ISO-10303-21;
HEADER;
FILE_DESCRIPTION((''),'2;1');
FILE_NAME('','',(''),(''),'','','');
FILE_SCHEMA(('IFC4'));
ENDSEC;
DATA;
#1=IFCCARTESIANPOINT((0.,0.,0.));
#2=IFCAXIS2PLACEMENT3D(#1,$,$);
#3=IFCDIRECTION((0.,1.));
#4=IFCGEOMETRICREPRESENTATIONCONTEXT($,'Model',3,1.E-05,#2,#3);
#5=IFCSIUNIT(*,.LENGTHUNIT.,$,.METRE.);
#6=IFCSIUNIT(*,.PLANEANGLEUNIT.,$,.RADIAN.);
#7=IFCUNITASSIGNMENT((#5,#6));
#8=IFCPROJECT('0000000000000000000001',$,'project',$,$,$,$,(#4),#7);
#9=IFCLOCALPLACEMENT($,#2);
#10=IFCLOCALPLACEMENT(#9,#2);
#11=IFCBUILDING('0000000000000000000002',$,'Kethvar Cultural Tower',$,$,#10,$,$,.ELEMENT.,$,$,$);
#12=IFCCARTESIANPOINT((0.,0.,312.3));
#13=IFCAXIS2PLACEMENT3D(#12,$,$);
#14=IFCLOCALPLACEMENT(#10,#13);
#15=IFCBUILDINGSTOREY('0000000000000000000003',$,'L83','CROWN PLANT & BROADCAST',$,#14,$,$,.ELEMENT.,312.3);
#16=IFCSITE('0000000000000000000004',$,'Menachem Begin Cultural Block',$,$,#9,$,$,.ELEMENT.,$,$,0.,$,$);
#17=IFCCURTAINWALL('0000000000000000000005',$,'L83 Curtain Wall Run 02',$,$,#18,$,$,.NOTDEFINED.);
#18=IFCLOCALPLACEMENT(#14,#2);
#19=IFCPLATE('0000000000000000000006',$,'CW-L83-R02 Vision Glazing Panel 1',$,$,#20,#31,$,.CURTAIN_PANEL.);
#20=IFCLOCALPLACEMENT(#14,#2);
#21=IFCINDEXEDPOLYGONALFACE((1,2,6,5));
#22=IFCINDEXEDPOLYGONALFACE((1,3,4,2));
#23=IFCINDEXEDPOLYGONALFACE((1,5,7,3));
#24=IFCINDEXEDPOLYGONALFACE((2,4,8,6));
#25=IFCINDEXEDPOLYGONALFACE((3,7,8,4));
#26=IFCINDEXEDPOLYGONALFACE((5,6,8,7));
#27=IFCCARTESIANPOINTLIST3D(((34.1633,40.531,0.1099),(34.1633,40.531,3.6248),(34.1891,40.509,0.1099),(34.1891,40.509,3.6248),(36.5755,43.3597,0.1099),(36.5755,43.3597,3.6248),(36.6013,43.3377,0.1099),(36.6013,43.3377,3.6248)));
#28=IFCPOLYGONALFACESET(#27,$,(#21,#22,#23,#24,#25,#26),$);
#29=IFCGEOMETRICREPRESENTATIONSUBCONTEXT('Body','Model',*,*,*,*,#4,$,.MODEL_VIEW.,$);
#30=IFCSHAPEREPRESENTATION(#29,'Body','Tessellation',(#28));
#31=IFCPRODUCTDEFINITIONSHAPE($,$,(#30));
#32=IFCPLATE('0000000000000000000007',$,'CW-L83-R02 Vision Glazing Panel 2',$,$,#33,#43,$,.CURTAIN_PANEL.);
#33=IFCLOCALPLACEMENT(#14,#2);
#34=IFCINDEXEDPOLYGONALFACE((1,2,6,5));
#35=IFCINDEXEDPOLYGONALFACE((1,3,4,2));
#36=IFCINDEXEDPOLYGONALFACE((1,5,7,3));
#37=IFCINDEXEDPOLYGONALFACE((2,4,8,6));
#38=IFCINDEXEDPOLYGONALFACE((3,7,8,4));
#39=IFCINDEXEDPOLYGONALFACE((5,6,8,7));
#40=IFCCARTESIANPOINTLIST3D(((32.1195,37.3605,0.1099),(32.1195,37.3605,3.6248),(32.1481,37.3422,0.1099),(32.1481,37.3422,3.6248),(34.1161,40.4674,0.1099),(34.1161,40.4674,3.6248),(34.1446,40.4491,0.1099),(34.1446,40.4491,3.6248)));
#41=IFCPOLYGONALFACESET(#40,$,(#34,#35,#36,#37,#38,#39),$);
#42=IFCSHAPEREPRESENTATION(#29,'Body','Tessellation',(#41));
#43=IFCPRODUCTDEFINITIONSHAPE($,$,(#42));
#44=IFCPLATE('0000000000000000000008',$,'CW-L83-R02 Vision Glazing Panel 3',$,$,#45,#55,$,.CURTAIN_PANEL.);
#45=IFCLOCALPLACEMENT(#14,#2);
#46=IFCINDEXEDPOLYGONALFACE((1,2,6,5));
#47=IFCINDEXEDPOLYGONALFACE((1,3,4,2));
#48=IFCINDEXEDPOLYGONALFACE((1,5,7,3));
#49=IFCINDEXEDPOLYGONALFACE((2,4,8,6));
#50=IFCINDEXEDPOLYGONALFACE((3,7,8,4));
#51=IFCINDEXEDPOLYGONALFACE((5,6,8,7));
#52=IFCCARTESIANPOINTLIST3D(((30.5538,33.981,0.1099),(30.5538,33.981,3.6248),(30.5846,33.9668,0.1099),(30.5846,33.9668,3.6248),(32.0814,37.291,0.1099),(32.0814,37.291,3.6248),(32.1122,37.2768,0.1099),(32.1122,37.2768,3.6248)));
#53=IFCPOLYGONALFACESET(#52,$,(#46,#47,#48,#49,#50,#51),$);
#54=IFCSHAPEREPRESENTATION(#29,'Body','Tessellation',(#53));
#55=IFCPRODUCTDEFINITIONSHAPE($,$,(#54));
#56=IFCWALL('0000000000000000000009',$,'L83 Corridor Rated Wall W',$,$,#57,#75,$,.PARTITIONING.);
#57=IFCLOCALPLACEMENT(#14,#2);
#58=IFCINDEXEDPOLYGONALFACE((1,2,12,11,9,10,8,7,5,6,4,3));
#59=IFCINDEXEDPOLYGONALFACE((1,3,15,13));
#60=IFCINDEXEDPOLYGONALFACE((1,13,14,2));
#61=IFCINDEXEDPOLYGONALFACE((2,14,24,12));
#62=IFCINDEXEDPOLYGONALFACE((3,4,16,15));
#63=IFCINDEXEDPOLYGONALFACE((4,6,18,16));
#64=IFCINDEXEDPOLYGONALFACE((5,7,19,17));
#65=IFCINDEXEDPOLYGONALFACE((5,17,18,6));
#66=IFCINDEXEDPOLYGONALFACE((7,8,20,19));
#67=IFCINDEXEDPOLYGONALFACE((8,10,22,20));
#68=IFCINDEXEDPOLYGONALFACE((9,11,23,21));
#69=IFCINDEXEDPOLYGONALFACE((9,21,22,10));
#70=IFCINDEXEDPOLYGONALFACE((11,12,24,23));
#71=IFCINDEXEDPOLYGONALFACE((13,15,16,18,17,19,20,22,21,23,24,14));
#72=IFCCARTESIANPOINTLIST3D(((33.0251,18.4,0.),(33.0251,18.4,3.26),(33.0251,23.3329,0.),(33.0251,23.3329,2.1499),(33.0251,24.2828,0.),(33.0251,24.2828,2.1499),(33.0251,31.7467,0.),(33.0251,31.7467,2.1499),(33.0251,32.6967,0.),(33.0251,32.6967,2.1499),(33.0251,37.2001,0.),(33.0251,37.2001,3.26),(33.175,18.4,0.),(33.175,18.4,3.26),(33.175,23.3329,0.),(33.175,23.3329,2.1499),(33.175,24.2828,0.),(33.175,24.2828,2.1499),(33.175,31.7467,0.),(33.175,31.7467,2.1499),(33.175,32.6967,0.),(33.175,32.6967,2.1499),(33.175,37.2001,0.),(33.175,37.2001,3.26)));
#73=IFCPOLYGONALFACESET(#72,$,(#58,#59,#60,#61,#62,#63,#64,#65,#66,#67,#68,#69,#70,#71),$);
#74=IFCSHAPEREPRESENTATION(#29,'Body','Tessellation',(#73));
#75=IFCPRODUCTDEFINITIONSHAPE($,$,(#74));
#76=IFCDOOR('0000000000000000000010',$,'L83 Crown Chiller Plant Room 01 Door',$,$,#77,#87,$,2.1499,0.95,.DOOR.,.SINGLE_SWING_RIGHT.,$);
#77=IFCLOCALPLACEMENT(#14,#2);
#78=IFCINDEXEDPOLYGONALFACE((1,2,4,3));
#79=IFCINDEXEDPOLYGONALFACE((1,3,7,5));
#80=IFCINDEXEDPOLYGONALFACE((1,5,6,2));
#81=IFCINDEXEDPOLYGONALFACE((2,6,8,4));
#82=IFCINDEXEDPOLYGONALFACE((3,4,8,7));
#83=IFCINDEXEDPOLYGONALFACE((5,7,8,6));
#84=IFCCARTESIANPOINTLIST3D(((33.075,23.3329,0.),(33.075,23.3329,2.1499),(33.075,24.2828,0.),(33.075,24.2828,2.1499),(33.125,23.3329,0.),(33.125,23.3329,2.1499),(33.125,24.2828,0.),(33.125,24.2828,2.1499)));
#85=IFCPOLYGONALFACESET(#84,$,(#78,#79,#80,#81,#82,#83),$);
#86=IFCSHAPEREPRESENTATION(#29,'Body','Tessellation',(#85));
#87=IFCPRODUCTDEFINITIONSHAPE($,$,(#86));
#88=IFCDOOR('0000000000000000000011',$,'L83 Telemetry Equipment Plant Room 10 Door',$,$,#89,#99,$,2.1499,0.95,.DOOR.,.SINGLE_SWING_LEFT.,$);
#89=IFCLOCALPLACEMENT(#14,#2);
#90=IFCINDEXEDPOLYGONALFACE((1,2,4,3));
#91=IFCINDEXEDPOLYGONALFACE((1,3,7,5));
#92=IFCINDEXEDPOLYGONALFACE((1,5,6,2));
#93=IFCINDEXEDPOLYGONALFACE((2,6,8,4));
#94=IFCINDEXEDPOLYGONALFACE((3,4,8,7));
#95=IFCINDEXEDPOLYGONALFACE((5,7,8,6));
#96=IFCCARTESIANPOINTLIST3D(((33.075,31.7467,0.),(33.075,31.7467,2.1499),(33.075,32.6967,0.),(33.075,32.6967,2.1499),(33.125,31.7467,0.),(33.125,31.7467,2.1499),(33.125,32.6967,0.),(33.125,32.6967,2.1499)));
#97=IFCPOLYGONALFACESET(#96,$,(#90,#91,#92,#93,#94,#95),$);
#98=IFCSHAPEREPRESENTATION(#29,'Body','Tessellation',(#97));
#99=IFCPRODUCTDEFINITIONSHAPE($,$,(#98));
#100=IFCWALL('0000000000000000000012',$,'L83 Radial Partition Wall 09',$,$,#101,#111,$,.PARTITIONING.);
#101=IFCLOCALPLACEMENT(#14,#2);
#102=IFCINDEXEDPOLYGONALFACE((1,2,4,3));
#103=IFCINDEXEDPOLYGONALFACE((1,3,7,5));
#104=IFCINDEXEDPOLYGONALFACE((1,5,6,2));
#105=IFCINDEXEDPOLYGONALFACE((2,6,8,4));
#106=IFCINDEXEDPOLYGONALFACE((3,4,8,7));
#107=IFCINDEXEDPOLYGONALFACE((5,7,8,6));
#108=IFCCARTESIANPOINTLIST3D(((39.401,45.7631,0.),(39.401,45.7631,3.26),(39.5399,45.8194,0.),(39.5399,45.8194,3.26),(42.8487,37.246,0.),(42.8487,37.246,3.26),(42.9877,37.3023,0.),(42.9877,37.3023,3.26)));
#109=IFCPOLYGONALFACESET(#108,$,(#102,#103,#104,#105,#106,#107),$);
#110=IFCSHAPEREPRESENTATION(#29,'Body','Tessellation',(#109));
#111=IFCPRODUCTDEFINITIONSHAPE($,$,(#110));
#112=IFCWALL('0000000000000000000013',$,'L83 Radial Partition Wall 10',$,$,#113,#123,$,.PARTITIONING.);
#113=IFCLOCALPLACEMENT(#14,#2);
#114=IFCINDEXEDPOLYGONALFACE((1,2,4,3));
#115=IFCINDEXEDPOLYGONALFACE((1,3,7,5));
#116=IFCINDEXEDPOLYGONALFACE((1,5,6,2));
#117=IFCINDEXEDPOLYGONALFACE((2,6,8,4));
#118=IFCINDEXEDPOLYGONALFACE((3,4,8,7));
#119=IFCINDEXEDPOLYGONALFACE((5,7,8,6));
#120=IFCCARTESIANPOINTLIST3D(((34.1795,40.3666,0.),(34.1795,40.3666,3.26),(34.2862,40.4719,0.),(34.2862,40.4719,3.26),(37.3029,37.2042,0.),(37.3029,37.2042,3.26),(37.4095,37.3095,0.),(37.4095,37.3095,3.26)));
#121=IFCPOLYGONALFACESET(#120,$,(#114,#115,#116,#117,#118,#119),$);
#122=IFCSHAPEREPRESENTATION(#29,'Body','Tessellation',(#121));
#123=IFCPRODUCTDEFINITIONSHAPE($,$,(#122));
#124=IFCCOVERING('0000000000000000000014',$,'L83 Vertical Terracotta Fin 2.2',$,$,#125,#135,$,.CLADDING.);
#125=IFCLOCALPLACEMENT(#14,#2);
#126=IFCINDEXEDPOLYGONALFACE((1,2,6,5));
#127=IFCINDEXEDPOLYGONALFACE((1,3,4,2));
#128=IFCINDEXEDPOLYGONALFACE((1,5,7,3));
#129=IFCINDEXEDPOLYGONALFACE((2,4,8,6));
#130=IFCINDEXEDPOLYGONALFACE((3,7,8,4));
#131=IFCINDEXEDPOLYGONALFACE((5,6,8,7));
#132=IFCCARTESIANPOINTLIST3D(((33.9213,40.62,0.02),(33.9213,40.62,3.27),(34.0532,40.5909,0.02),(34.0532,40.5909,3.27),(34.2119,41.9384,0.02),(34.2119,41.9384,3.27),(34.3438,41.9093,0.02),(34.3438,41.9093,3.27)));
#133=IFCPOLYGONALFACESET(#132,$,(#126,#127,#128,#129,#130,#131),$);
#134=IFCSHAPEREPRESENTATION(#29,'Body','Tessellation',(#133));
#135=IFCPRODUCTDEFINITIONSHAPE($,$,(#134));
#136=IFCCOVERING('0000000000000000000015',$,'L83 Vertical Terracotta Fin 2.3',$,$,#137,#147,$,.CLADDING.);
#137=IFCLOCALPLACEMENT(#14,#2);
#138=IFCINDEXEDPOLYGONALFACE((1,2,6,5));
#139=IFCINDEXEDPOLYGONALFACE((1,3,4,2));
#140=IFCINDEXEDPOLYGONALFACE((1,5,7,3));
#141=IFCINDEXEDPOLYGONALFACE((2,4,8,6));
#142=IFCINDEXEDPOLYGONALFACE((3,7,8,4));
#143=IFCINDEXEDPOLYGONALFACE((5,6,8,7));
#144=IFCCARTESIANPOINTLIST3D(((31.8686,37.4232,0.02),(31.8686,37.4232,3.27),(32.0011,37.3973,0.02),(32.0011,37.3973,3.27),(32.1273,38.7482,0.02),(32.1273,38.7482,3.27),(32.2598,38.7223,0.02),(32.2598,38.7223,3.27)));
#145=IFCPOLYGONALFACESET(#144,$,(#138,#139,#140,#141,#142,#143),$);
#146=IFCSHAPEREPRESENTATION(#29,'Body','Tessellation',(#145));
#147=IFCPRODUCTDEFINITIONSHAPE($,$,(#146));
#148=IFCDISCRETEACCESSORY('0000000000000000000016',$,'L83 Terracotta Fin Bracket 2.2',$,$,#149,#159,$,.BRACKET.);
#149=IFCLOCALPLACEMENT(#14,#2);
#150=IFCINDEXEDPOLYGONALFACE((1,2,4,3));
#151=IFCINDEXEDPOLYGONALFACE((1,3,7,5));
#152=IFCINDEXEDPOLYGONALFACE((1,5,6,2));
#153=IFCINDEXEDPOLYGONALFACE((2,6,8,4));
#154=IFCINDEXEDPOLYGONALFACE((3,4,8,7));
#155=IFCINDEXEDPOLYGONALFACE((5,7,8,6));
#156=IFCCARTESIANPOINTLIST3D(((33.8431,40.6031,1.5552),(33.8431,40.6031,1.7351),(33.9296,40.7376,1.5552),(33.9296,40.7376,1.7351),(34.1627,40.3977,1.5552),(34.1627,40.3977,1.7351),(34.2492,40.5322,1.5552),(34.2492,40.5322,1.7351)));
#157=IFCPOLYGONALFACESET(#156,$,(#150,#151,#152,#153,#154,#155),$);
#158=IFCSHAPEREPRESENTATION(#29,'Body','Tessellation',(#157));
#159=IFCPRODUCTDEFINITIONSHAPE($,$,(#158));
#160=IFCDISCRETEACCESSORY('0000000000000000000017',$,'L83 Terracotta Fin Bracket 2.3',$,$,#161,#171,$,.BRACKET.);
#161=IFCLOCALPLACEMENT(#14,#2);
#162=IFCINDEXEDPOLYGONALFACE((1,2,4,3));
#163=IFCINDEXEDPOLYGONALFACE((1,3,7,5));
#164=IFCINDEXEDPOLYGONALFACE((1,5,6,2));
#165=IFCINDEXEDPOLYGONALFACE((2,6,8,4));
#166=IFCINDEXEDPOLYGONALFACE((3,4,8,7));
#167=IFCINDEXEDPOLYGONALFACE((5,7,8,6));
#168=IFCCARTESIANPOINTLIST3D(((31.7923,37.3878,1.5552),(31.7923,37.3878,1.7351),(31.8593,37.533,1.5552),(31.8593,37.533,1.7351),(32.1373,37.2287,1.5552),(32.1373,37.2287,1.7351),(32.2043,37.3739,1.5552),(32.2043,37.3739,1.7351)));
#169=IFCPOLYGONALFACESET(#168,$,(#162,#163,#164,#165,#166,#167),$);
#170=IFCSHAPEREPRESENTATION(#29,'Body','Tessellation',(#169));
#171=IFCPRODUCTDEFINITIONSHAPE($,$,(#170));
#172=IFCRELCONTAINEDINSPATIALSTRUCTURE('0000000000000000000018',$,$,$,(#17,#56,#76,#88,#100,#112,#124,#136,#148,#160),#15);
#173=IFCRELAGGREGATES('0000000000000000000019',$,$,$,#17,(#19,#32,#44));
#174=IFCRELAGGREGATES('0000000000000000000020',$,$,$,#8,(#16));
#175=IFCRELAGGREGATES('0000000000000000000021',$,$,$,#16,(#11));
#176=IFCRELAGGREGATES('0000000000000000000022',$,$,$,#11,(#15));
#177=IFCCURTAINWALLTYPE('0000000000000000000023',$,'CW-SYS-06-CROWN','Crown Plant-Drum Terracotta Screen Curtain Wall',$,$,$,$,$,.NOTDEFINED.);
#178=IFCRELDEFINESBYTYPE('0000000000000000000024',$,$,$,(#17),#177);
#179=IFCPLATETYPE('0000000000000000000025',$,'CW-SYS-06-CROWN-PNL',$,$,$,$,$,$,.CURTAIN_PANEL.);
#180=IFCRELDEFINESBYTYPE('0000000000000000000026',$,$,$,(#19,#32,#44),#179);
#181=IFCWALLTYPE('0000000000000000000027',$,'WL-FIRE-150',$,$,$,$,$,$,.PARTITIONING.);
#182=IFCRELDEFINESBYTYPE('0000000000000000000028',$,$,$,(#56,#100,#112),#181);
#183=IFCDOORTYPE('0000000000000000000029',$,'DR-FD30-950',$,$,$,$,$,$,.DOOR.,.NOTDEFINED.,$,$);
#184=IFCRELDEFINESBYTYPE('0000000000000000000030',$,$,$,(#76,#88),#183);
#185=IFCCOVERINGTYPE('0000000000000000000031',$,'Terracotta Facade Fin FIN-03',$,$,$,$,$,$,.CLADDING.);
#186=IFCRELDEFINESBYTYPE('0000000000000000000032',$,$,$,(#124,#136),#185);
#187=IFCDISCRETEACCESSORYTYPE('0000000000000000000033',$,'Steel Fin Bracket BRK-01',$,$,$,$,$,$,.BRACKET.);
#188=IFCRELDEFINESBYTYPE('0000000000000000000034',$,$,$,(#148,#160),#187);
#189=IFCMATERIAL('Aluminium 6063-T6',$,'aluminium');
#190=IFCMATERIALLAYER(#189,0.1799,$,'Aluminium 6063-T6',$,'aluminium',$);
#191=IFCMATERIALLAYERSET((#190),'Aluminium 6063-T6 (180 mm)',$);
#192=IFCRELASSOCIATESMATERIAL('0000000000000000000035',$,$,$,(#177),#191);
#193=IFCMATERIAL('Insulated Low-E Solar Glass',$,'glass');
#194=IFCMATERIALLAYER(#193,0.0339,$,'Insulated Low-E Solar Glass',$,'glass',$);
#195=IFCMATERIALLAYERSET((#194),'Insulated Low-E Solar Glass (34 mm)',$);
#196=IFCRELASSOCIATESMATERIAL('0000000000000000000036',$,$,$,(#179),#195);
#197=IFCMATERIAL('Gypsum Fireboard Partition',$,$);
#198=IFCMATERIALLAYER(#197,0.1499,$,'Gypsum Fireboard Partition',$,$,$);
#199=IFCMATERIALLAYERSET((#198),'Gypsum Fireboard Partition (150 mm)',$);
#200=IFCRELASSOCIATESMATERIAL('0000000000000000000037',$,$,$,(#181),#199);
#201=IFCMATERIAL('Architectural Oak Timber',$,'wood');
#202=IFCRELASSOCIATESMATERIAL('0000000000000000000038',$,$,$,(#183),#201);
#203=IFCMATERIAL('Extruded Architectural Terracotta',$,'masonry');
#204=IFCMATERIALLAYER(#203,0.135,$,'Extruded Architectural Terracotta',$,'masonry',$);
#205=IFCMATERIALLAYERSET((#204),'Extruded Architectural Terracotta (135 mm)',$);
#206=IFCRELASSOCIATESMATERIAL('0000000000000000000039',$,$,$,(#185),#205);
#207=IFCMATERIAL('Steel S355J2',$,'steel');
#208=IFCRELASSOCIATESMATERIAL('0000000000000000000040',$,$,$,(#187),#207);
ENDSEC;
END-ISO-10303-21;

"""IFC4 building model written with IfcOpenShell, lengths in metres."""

from ifc_helpers import new_model, si_unit, direction, frame, frame_2d, origin, origin_2d, place, context, subcontext, project, spatial, rectangle, extrude, source, transform, mapped, material, layer, layer_set, type_object, element, fill, aggregate, save


model = new_model("IFC4")

# Units and contexts
model_context = context("Model", 3, precision=1e-05, world=origin(), true_north=direction((0.0, 1.0)))
body_context = subcontext(model_context, "Body", "Model", "MODEL_VIEW")
ifc_project = project(units=[si_unit("LENGTHUNIT", "METRE"), si_unit("PLANEANGLEUNIT", "RADIAN")], contexts=[model_context])

# Site, building, storey
site_placement = place(None, origin())
site = spatial("IfcSite", under=ifc_project, at=site_placement, Name="Menachem Begin Cultural Block", CompositionType="ELEMENT", RefElevation=0.0)
building_placement = place(site_placement, origin())
building = spatial("IfcBuilding", under=site, at=building_placement, Name="Kethvar Cultural Tower", CompositionType="ELEMENT")
storey_placement = place(building_placement, frame((0.0, 0.0, 312.3)))
storey = spatial("IfcBuildingStorey", under=building, at=storey_placement, Name="L83", Description="CROWN PLANT & BROADCAST", CompositionType="ELEMENT", Elevation=312.3)

# Shared definitions
ifc_material_1 = material(Name="Steel S355J2", Category="steel")

# Curtain wall, plates
ifc_material_2 = material(Name="Aluminium 6063-T6", Category="aluminium")
ifc_layer_1 = layer(ifc_material_2, 0.1799, Name="Aluminium 6063-T6", Category="aluminium")
ifc_layer_set_1 = layer_set([ifc_layer_1], Name="Aluminium 6063-T6 (180 mm)")
curtain_wall_type = type_object("IfcCurtainWallType", Name="CW-SYS-06-CROWN", Description="Crown Plant-Drum Terracotta Screen Curtain Wall", PredefinedType="NOTDEFINED", material=ifc_layer_set_1)
curtain_wall_placement = place(storey_placement, origin())
curtain_wall = element("IfcCurtainWall", 1, at=curtain_wall_placement, inside=storey, type_object=curtain_wall_type, Name="L83 Curtain Wall Run 02", PredefinedType="NOTDEFINED")
ifc_material_3 = material(Name="Insulated Low-E Solar Glass", Category="glass")
ifc_layer_2 = layer(ifc_material_3, 0.0339, Name="Insulated Low-E Solar Glass", Category="glass")
ifc_layer_set_2 = layer_set([ifc_layer_2], Name="Insulated Low-E Solar Glass (34 mm)")
plate_type = type_object("IfcPlateType", Name="CW-SYS-06-CROWN-PNL", PredefinedType="CURTAIN_PANEL", material=ifc_layer_set_2)
shared_shape_1 = source(origin(), body_context, "Body", "SweptSolid", [
    extrude(rectangle(XDim=3.7175, YDim=0.0339, at=origin_2d()), origin(), (0.0, 0.0, 1.0), 3.5149),
])
plate_1_placement = place(storey_placement, frame((35.3823, 41.9343, 0.1099), z_axis=(0.0, 0.0, 1.0), x_axis=(-0.648864, -0.760904, 0.0)))
plate_1 = element("IfcPlate", 2, at=plate_1_placement, type_object=plate_type, Name="CW-L83-R02 Vision Glazing Panel 1", PredefinedType="CURTAIN_PANEL", context=body_context, shape_type="MappedRepresentation", body=[
    mapped(shared_shape_1, transform((0.0, 0.0, 0.0), scale=1.0)),
])
shared_shape_2 = source(origin(), body_context, "Body", "SweptSolid", [
    extrude(rectangle(XDim=3.6931, YDim=0.0339, at=origin_2d()), origin(), (0.0, 0.0, 1.0), 3.5149),
])
plate_2_placement = place(storey_placement, frame((33.1321, 38.9048, 0.1099), z_axis=(0.0, 0.0, 1.0), x_axis=(-0.540622, -0.841266, 0.0)))
plate_2 = element("IfcPlate", 3, at=plate_2_placement, type_object=plate_type, Name="CW-L83-R02 Vision Glazing Panel 2", PredefinedType="CURTAIN_PANEL", context=body_context, shape_type="MappedRepresentation", body=[
    mapped(shared_shape_2, transform((0.0, 0.0, 0.0), scale=1.0)),
])
shared_shape_3 = source(origin(), body_context, "Body", "SweptSolid", [
    extrude(rectangle(XDim=3.6455, YDim=0.0339, at=origin_2d()), origin(), (0.0, 0.0, 1.0), 3.5149),
])
plate_3_placement = place(storey_placement, frame((31.333, 35.6289, 0.1099), z_axis=(0.0, 0.0, 1.0), x_axis=(-0.419056, -0.90796, 0.0)))
plate_3 = element("IfcPlate", 4, at=plate_3_placement, type_object=plate_type, Name="CW-L83-R02 Vision Glazing Panel 3", PredefinedType="CURTAIN_PANEL", context=body_context, shape_type="MappedRepresentation", body=[
    mapped(shared_shape_3, transform((0.0, 0.0, 0.0), scale=1.0)),
])
aggregate(curtain_wall, [plate_1, plate_2, plate_3])

# Wall, openings, doors
ifc_material_4 = material(Name="Gypsum Fireboard Partition")
ifc_layer_3 = layer(ifc_material_4, 0.1499, Name="Gypsum Fireboard Partition")
ifc_layer_set_3 = layer_set([ifc_layer_3], Name="Gypsum Fireboard Partition (150 mm)")
wall_type = type_object("IfcWallType", Name="WL-FIRE-150", PredefinedType="PARTITIONING", material=ifc_layer_set_3)
wall_1_placement = place(storey_placement, frame((33.1001, 37.2, 0.0), z_axis=(0.0, 0.0, 1.0), x_axis=(0.0, -1.0, 0.0)))
wall_1 = element("IfcWall", 5, at=wall_1_placement, inside=storey, type_object=wall_type, Name="L83 Corridor Rated Wall W", PredefinedType="PARTITIONING", context=body_context, shape_type="SweptSolid", body=[
    extrude(rectangle(XDim=18.8, YDim=0.1499, at=frame_2d((9.3999, 0.0))), origin(), (0.0, 0.0, 1.0), 3.26),
])
opening_1_placement = place(wall_1_placement, frame((12.917, 0.0, 0.0)))
opening_1 = element("IfcOpeningElement", 6, at=opening_1_placement, cuts=wall_1, PredefinedType="OPENING", context=body_context, shape_type="SweptSolid", body=[
    extrude(rectangle(XDim=0.95, YDim=2.1499, at=frame_2d((0.4751, 1.075))), frame((0.0, 0.085, 0.0), z_axis=(0.0, -1.0, 0.0), x_axis=(1.0, 0.0, 0.0)), (0.0, 0.0, 1.0), 0.1699),
])
opening_2_placement = place(wall_1_placement, frame((4.5032, 0.0, 0.0)))
opening_2 = element("IfcOpeningElement", 7, at=opening_2_placement, cuts=wall_1, PredefinedType="OPENING", context=body_context, shape_type="SweptSolid", body=[
    extrude(rectangle(XDim=0.95, YDim=2.1499, at=frame_2d((0.4751, 1.075))), frame((0.0, 0.085, 0.0), z_axis=(0.0, -1.0, 0.0), x_axis=(1.0, 0.0, 0.0)), (0.0, 0.0, 1.0), 0.1699),
])
ifc_material_5 = material(Name="Architectural Oak Timber", Category="wood")
door_type = type_object("IfcDoorType", Name="DR-FD30-950", OperationType="NOTDEFINED", PredefinedType="DOOR", material=ifc_material_5)
shared_shape_4 = source(origin(), body_context, "Body", "SweptSolid", [
    extrude(rectangle(XDim=0.95, YDim=2.1499, at=frame_2d((0.4751, 1.075))), frame((0.0, 0.0249, 0.0), z_axis=(0.0, -1.0, 0.0), x_axis=(1.0, 0.0, 0.0)), (0.0, 0.0, 1.0), 0.05),
])
door_1_placement = place(opening_1_placement, origin())
door_1 = element("IfcDoor", 8, at=door_1_placement, inside=storey, type_object=door_type, Name="L83 Crown Chiller Plant Room 01 Door", OperationType="SINGLE_SWING_RIGHT", OverallHeight=2.1499, OverallWidth=0.95, PredefinedType="DOOR", context=body_context, shape_type="MappedRepresentation", body=[
    mapped(shared_shape_4, transform((0.0, 0.0, 0.0), scale=1.0)),
])
fill(opening_1, door_1)
door_2_placement = place(opening_2_placement, origin())
door_2 = element("IfcDoor", 9, at=door_2_placement, inside=storey, type_object=door_type, Name="L83 Telemetry Equipment Plant Room 10 Door", OperationType="SINGLE_SWING_LEFT", OverallHeight=2.1499, OverallWidth=0.95, PredefinedType="DOOR", context=body_context, shape_type="MappedRepresentation", body=[
    mapped(shared_shape_4, transform((0.0, 0.0, 0.0), scale=1.0)),
])
fill(opening_2, door_2)

# Walls
wall_2_placement = place(storey_placement, frame((42.9182, 37.2742, 0.0), z_axis=(0.0, 0.0, 1.0), x_axis=(-0.375226, 0.926933, 0.0)))
element("IfcWall", 10, at=wall_2_placement, inside=storey, type_object=wall_type, Name="L83 Radial Partition Wall 09", PredefinedType="PARTITIONING", context=body_context, shape_type="SweptSolid", body=[
    extrude(rectangle(XDim=9.1885, YDim=0.1499, at=frame_2d((4.5942, 0.0))), origin(), (0.0, 0.0, 1.0), 3.26),
])
wall_3_placement = place(storey_placement, frame((37.3562, 37.2568, 0.0), z_axis=(0.0, 0.0, 1.0), x_axis=(-0.702699, 0.711487, 0.0)))
element("IfcWall", 11, at=wall_3_placement, inside=storey, type_object=wall_type, Name="L83 Radial Partition Wall 10", PredefinedType="PARTITIONING", context=body_context, shape_type="SweptSolid", body=[
    extrude(rectangle(XDim=4.4448, YDim=0.1499, at=frame_2d((2.2224, 0.0))), origin(), (0.0, 0.0, 1.0), 3.26),
])

# Coverings
ifc_material_6 = material(Name="Extruded Architectural Terracotta", Category="masonry")
ifc_layer_4 = layer(ifc_material_6, 0.135, Name="Extruded Architectural Terracotta", Category="masonry")
ifc_layer_set_4 = layer_set([ifc_layer_4], Name="Extruded Architectural Terracotta (135 mm)")
covering_type = type_object("IfcCoveringType", Name="Terracotta Facade Fin FIN-03", PredefinedType="CLADDING", material=ifc_layer_set_4)
shared_shape_5 = source(origin(), body_context, "Body", "SweptSolid", [
    extrude(rectangle(XDim=1.3501, YDim=0.135, at=origin_2d()), origin(), (0.0, 0.0, 1.0), 3.25),
])
for number, where, z_axis, x_axis, name in (
    (12, (34.1326, 41.2646, 0.02), (0.0, 0.0, 1.0), (0.215247, 0.97656, 0.0), "L83 Vertical Terracotta Fin 2.2"),
    (13, (32.0642, 38.0728, 0.02), (0.0, 0.0, 1.0), (0.191666, 0.98146, 0.0), "L83 Vertical Terracotta Fin 2.3"),
):
    element("IfcCovering", number, at=place(storey_placement, frame(where, z_axis=z_axis, x_axis=x_axis)), inside=storey, type_object=covering_type, Name=name, PredefinedType="CLADDING", context=body_context, shape_type="MappedRepresentation", body=[
        mapped(shared_shape_5, transform((0.0, 0.0, 0.0), scale=1.0)),
    ])

# Discrete accessories
discrete_accessory_type = type_object("IfcDiscreteAccessoryType", Name="Steel Fin Bracket BRK-01", PredefinedType="BRACKET", material=ifc_material_1)
shared_shape_6 = source(origin(), body_context, "Body", "SweptSolid", [
    extrude(rectangle(XDim=0.3799, YDim=0.1599, at=origin_2d()), origin(), (0.0, 0.0, 1.0), 0.1799),
])
for number, where, z_axis, x_axis, name in (
    (14, (34.0461, 40.5676, 1.5552), (0.0, 0.0, 1.0), (-0.841228, 0.540681, 0.0), "L83 Terracotta Fin Bracket 2.2"),
    (15, (31.9983, 37.3809, 1.5552), (0.0, 0.0, 1.0), (-0.907997, 0.418977, 0.0), "L83 Terracotta Fin Bracket 2.3"),
):
    element("IfcDiscreteAccessory", number, at=place(storey_placement, frame(where, z_axis=z_axis, x_axis=x_axis)), inside=storey, type_object=discrete_accessory_type, Name=name, PredefinedType="BRACKET", context=body_context, shape_type="MappedRepresentation", body=[
        mapped(shared_shape_6, transform((0.0, 0.0, 0.0), scale=1.0)),
    ])

save(model, "model.ifc")
